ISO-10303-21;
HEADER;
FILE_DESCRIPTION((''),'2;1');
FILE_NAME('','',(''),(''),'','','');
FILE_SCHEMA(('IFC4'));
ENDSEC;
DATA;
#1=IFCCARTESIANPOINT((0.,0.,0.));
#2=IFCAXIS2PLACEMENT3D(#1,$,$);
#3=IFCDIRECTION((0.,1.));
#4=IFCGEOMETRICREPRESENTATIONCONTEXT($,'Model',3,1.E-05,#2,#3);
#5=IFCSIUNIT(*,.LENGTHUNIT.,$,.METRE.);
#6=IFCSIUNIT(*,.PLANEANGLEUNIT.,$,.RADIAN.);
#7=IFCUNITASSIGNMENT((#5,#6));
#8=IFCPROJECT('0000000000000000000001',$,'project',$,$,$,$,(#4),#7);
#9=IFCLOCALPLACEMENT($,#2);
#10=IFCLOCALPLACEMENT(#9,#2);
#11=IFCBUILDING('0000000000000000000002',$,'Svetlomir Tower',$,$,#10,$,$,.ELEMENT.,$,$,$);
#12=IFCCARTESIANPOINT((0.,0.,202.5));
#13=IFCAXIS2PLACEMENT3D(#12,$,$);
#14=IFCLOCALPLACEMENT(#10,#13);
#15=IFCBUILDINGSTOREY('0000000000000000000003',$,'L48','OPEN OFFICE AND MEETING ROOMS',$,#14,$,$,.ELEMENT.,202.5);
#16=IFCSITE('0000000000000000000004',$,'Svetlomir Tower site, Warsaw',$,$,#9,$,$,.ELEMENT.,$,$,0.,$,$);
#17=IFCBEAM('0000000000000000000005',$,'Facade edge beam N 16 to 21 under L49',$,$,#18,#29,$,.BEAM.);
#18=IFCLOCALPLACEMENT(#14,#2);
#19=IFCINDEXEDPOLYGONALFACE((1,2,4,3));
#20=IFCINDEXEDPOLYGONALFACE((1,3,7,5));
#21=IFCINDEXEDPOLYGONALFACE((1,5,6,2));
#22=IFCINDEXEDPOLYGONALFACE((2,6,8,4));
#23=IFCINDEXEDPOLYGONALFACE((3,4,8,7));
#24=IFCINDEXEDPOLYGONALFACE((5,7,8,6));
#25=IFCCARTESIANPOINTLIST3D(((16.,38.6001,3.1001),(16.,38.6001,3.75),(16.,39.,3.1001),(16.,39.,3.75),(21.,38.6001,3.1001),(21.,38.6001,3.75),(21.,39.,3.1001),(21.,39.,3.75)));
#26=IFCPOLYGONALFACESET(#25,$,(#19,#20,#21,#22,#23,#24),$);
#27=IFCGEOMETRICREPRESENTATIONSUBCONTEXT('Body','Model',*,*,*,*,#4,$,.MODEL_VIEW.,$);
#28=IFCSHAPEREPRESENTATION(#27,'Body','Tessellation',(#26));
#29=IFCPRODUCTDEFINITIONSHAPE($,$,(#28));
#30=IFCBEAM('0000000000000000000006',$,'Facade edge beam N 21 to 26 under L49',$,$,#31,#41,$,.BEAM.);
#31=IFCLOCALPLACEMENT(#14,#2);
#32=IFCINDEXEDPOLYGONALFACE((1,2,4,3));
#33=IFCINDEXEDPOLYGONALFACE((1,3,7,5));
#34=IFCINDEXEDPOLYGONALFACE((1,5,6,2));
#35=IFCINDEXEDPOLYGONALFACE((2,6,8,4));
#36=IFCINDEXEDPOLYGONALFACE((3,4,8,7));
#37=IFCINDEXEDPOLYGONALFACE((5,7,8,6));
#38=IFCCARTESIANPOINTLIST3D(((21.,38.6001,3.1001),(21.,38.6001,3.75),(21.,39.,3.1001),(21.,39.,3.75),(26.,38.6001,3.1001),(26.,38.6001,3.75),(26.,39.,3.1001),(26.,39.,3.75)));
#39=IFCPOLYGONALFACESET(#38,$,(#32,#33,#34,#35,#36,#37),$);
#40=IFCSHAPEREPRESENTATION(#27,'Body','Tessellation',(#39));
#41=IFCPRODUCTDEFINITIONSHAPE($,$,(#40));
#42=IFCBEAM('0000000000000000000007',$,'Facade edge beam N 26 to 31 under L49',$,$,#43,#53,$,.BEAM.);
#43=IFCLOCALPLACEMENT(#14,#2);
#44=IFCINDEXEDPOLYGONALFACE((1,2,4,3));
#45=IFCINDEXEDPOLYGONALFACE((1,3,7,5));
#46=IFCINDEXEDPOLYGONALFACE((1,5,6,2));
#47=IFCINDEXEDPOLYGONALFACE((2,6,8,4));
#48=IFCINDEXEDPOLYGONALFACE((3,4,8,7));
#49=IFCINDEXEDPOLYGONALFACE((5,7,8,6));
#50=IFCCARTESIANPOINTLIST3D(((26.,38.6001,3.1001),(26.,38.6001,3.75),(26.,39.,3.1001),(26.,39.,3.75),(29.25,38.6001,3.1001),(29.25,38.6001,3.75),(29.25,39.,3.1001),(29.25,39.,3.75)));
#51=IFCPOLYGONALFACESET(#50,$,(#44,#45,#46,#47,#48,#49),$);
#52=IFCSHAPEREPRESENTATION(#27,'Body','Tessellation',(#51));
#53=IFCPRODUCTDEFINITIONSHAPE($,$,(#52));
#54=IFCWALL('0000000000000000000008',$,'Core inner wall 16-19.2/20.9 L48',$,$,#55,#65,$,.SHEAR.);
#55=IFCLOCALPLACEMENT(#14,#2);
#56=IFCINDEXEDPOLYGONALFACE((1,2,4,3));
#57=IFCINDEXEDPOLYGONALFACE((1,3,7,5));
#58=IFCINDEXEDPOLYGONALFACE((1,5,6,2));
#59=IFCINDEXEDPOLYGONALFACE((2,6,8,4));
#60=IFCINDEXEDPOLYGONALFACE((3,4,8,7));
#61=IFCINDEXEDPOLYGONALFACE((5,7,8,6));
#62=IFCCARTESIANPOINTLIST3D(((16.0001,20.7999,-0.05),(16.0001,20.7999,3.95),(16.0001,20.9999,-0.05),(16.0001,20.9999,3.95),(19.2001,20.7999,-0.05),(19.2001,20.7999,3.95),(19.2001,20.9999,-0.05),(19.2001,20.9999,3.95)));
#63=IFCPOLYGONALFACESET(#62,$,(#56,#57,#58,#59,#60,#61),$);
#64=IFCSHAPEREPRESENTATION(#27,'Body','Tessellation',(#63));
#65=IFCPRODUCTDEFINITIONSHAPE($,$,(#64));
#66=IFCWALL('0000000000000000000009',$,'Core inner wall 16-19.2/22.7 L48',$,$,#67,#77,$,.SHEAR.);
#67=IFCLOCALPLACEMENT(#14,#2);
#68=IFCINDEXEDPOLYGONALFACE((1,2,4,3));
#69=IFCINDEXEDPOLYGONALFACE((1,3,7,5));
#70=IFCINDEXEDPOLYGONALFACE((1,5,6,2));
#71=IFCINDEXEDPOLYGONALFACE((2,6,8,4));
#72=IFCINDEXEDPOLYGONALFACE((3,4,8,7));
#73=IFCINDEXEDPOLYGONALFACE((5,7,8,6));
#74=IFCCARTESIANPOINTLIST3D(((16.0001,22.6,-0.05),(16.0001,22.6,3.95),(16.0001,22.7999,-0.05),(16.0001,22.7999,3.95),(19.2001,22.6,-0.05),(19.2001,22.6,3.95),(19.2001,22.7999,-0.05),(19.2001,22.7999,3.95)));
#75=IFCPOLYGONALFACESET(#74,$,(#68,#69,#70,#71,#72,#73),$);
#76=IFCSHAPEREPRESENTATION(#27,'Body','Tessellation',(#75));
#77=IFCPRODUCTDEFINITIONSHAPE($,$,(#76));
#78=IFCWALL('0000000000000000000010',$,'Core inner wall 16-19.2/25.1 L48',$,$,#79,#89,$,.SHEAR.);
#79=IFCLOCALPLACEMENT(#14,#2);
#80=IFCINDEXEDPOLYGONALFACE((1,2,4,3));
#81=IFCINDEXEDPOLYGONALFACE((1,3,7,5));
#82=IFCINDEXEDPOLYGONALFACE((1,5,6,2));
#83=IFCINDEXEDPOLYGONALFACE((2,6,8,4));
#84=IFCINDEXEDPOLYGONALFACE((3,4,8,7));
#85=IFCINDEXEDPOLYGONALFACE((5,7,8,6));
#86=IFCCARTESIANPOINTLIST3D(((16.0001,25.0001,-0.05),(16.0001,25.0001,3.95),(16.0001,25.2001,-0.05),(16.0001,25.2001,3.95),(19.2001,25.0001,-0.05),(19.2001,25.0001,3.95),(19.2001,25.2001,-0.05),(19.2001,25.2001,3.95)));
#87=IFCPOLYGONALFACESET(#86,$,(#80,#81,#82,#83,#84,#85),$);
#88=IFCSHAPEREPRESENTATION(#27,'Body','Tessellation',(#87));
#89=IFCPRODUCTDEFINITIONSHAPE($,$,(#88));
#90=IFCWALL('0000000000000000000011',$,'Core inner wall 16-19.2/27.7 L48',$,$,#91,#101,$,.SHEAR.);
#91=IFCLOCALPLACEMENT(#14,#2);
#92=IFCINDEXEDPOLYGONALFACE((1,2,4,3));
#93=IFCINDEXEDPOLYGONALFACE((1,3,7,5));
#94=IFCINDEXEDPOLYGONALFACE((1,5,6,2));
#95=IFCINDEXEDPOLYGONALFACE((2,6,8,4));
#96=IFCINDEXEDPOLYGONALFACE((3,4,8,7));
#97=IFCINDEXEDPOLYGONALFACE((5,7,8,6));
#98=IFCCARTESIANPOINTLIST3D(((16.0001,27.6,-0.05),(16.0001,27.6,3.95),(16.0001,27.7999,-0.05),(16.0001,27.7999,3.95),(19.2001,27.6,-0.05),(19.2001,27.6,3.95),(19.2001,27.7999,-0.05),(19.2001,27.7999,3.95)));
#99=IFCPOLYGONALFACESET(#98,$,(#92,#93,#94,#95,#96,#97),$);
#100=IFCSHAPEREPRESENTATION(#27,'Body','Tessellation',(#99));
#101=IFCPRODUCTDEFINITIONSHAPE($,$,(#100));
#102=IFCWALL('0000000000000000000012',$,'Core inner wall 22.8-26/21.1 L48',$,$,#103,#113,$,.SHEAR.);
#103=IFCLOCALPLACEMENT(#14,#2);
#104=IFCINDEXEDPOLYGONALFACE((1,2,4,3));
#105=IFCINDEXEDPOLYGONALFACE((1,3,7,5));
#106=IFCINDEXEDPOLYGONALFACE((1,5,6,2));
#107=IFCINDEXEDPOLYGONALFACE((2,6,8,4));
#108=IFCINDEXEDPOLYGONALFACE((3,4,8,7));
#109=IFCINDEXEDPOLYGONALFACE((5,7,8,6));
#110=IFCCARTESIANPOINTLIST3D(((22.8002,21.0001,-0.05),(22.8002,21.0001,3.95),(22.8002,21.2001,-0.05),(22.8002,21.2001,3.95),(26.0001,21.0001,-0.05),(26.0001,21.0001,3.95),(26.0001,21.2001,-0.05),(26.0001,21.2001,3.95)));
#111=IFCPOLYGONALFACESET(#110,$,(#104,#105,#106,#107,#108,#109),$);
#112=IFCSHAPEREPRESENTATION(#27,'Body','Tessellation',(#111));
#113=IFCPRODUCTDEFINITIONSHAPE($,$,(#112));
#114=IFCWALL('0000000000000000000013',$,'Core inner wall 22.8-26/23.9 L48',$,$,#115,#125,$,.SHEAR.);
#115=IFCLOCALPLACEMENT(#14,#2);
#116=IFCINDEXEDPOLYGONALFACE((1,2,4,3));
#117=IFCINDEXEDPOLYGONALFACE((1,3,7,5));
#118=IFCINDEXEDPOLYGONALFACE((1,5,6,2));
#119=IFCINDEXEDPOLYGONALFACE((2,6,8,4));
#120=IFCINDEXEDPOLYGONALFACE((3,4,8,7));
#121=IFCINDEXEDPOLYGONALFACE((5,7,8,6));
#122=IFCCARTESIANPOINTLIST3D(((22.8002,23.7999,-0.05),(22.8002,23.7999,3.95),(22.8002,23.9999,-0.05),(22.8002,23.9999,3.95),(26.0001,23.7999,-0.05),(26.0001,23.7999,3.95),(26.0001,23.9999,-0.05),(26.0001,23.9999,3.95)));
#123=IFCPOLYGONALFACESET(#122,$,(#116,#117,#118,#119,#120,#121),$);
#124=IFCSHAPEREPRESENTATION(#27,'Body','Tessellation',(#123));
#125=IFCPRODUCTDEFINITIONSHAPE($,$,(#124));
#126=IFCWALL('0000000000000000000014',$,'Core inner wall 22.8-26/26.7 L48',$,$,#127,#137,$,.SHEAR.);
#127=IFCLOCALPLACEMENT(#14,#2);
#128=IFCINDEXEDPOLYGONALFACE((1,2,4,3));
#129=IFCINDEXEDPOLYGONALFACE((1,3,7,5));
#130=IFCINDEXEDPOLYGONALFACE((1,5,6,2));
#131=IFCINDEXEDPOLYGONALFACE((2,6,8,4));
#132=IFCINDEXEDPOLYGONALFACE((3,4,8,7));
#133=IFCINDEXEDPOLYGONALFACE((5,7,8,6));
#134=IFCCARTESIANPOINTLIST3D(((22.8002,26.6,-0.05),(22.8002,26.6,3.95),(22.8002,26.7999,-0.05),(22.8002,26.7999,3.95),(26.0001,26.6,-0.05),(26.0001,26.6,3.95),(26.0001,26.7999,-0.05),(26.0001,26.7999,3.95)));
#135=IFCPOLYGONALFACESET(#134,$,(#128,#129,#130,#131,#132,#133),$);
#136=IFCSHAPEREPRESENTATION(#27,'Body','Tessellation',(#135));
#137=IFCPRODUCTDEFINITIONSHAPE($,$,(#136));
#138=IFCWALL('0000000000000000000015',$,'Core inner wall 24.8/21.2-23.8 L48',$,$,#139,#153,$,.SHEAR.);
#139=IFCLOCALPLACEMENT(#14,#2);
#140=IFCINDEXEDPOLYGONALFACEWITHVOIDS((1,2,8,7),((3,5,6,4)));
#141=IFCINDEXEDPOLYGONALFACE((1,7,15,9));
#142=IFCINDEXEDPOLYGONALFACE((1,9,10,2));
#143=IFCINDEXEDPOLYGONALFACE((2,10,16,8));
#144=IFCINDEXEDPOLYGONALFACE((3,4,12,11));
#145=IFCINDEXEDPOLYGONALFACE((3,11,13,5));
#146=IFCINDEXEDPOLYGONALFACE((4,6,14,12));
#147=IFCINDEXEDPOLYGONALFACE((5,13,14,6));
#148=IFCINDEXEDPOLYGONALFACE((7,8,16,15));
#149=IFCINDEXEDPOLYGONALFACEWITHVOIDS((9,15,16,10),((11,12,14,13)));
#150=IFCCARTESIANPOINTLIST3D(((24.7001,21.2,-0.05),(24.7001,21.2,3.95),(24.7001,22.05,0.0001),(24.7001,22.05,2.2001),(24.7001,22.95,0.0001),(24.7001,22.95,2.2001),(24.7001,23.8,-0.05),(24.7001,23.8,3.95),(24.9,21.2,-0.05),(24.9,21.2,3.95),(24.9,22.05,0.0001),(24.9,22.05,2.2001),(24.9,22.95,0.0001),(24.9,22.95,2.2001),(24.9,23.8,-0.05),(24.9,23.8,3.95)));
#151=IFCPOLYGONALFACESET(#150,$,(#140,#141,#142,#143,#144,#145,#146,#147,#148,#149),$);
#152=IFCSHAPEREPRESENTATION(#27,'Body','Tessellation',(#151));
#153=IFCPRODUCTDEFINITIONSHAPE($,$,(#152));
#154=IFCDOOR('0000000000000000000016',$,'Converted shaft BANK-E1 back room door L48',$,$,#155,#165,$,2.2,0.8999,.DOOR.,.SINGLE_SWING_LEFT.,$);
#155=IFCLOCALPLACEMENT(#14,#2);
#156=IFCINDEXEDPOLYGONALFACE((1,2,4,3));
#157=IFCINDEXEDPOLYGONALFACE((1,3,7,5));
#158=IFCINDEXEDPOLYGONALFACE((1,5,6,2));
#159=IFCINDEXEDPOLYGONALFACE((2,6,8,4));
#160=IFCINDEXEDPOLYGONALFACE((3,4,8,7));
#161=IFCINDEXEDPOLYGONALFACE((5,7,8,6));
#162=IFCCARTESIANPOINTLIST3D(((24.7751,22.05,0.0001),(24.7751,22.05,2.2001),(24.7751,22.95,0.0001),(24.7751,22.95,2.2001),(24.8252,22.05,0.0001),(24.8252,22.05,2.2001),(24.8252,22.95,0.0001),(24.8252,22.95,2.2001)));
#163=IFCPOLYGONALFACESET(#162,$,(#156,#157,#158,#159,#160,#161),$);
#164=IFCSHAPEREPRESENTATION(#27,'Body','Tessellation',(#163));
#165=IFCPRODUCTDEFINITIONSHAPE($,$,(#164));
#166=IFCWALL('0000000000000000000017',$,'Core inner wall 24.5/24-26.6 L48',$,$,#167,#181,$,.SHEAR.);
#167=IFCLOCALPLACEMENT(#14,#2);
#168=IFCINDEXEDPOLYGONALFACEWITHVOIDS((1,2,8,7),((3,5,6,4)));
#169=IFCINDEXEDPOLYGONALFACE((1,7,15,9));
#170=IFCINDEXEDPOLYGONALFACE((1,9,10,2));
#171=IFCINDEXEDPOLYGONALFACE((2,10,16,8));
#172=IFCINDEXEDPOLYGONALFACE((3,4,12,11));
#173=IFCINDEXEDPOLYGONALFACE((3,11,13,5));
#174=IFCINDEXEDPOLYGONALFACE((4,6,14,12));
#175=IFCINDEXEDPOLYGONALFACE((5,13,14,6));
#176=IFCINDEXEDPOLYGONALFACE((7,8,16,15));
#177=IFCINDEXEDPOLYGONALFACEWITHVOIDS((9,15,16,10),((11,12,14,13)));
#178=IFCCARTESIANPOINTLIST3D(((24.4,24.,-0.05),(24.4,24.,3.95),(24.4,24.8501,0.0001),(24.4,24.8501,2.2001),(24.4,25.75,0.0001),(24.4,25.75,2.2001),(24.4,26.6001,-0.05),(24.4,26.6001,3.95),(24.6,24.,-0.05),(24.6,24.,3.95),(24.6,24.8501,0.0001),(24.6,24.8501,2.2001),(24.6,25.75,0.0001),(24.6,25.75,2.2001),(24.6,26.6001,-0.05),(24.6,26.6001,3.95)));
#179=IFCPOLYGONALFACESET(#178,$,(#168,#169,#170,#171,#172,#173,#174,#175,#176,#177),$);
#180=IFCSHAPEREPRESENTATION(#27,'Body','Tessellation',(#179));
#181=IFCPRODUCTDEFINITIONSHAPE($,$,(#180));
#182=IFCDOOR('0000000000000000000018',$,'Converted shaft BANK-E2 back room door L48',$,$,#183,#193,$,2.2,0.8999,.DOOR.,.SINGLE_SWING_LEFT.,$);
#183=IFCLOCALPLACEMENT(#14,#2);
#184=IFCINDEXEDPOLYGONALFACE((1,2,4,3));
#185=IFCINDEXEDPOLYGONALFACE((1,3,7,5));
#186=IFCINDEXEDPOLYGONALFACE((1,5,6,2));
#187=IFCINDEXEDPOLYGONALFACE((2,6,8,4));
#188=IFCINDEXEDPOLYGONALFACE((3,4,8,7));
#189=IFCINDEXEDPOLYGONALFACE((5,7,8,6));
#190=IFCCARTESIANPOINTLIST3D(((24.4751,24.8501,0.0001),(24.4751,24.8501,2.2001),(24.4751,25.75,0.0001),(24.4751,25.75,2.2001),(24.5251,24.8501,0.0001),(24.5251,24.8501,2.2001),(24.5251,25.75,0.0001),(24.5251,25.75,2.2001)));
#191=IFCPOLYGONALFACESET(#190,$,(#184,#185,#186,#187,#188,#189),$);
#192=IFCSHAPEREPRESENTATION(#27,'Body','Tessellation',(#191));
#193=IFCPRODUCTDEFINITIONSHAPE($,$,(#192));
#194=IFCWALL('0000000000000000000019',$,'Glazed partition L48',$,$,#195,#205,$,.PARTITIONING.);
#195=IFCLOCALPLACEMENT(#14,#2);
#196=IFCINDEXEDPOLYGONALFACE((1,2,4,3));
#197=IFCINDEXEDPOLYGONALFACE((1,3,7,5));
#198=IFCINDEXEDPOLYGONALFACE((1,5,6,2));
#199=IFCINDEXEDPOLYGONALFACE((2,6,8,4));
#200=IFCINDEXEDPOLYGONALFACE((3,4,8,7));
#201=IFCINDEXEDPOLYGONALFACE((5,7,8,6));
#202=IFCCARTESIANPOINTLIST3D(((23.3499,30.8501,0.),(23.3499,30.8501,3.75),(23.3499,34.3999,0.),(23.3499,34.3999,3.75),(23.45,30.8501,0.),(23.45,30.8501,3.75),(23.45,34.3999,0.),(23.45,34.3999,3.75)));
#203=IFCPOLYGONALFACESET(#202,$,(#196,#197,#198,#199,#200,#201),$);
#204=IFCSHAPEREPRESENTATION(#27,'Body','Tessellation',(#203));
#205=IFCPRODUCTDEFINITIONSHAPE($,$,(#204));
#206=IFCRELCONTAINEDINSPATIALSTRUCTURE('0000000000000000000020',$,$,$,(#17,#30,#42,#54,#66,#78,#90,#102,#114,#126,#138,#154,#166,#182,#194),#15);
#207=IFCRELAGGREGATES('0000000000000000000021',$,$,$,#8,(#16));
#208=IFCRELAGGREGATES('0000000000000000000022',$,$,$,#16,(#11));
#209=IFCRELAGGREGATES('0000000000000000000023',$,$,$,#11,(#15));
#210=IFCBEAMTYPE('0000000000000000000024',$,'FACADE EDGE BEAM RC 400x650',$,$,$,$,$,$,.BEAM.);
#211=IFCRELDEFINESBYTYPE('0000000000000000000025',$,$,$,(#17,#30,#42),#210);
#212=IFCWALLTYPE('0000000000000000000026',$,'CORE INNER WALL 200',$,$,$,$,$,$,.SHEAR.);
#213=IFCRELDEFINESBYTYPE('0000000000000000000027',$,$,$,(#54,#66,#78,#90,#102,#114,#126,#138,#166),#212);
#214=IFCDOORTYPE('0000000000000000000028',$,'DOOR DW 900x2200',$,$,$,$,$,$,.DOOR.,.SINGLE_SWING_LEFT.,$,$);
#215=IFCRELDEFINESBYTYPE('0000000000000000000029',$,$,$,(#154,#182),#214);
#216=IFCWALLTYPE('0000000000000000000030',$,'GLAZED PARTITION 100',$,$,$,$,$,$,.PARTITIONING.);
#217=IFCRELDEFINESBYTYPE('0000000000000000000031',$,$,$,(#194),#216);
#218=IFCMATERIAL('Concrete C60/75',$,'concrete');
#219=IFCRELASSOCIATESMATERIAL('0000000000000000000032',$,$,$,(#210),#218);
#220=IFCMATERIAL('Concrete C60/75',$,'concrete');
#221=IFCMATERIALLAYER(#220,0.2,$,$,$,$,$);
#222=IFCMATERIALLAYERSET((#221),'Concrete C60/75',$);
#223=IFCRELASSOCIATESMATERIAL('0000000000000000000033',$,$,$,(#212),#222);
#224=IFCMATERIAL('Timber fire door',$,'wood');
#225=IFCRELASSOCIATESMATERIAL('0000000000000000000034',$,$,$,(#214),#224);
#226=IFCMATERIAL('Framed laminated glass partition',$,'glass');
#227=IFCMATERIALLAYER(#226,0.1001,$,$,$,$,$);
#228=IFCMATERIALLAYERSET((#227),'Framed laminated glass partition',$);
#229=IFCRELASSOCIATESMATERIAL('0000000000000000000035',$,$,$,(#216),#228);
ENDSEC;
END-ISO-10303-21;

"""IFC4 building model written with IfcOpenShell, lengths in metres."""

from ifc_helpers import new_model, si_unit, direction, frame, frame_2d, origin, origin_2d, place, context, subcontext, project, spatial, rectangle, extrude, material, layer, layer_set, material_profile, profile_set, type_object, element, fill, save


model = new_model("IFC4")

# Units and contexts
model_context = context("Model", 3, precision=1e-05, world=origin(), true_north=direction((0.0, 1.0)))
body_context = subcontext(model_context, "Body", "Model", "MODEL_VIEW")
ifc_project = project(units=[si_unit("LENGTHUNIT", "METRE"), si_unit("PLANEANGLEUNIT", "RADIAN")], contexts=[model_context])

# Site, building, storey
site_placement = place(None, origin())
site = spatial("IfcSite", under=ifc_project, at=site_placement, Name="Svetlomir Tower site, Warsaw", CompositionType="ELEMENT", RefElevation=0.0)
building_placement = place(site_placement, origin())
building = spatial("IfcBuilding", under=site, at=building_placement, Name="Svetlomir Tower", CompositionType="ELEMENT")
storey_placement = place(building_placement, frame((0.0, 0.0, 202.5)))
storey = spatial("IfcBuildingStorey", under=building, at=storey_placement, Name="L48", Description="OPEN OFFICE AND MEETING ROOMS", CompositionType="ELEMENT", Elevation=202.5)

# Beams
ifc_material_1 = material(Name="Concrete C60/75", Category="concrete")
ifc_material_profile = material_profile(ifc_material_1, rectangle(XDim=0.3999, YDim=0.6499, at=origin_2d()), Name="RC 400x650")
ifc_profile_set = profile_set([ifc_material_profile], Name="Concrete C60/75")
beam_type = type_object("IfcBeamType", Name="FACADE EDGE BEAM RC 400x650", PredefinedType="BEAM", material=ifc_profile_set)
for number, where, z_axis, x_axis, name in (
    (1, (16.0, 38.8, 3.425), (1.0, 0.0, 0.0), (0.0, 1.0, 0.0), "Facade edge beam N 16 to 21 under L49"),
    (2, (21.0, 38.8, 3.425), (1.0, 0.0, 0.0), (0.0, 1.0, 0.0), "Facade edge beam N 21 to 26 under L49"),
):
    element("IfcBeam", number, at=place(storey_placement, frame(where, z_axis=z_axis, x_axis=x_axis)), inside=storey, type_object=beam_type, Name=name, PredefinedType="BEAM", context=body_context, shape_type="SweptSolid", body=[
        extrude(rectangle(XDim=0.3999, YDim=0.6499, at=origin_2d()), origin(), (0.0, 0.0, 1.0), 5.0),
    ])
beam_placement = place(storey_placement, frame((26.0, 38.8, 3.425), z_axis=(1.0, 0.0, 0.0), x_axis=(0.0, 1.0, 0.0)))
element("IfcBeam", 3, at=beam_placement, inside=storey, type_object=beam_type, Name="Facade edge beam N 26 to 31 under L49", PredefinedType="BEAM", context=body_context, shape_type="SweptSolid", body=[
    extrude(rectangle(XDim=0.3999, YDim=0.6499, at=origin_2d()), origin(), (0.0, 0.0, 1.0), 3.25),
])

# Walls
ifc_material_2 = material(Name="Concrete C60/75", Category="concrete")
ifc_layer_1 = layer(ifc_material_2, 0.2)
ifc_layer_set_1 = layer_set([ifc_layer_1], Name="Concrete C60/75")
wall_type_1 = type_object("IfcWallType", Name="CORE INNER WALL 200", PredefinedType="SHEAR", material=ifc_layer_set_1)
for number, where, z_axis, x_axis, name in (
    (4, (16.0, 20.8999, -0.05), (0.0, 0.0, 1.0), (1.0, 0.0, 0.0), "Core inner wall 16-19.2/20.9 L48"),
    (5, (16.0, 22.7, -0.05), (0.0, 0.0, 1.0), (1.0, 0.0, 0.0), "Core inner wall 16-19.2/22.7 L48"),
    (6, (16.0, 25.1001, -0.05), (0.0, 0.0, 1.0), (1.0, 0.0, 0.0), "Core inner wall 16-19.2/25.1 L48"),
    (7, (16.0, 27.7, -0.05), (0.0, 0.0, 1.0), (1.0, 0.0, 0.0), "Core inner wall 16-19.2/27.7 L48"),
    (8, (22.8, 21.1001, -0.05), (0.0, 0.0, 1.0), (1.0, 0.0, 0.0), "Core inner wall 22.8-26/21.1 L48"),
    (9, (22.8, 23.8999, -0.05), (0.0, 0.0, 1.0), (1.0, 0.0, 0.0), "Core inner wall 22.8-26/23.9 L48"),
    (10, (22.8, 26.7, -0.05), (0.0, 0.0, 1.0), (1.0, 0.0, 0.0), "Core inner wall 22.8-26/26.7 L48"),
):
    element("IfcWall", number, at=place(storey_placement, frame(where, z_axis=z_axis, x_axis=x_axis)), inside=storey, type_object=wall_type_1, Name=name, PredefinedType="SHEAR", context=body_context, shape_type="SweptSolid", body=[
        extrude(rectangle(XDim=3.2, YDim=0.2, at=frame_2d((1.6001, 0.0))), origin(), (0.0, 0.0, 1.0), 4.0),
    ])

# Walls, openings, doors
wall_1_placement = place(storey_placement, frame((24.8, 21.2, -0.05), z_axis=(0.0, 0.0, 1.0), x_axis=(0.0, 1.0, 0.0)))
wall_1 = element("IfcWall", 11, at=wall_1_placement, inside=storey, type_object=wall_type_1, Name="Core inner wall 24.8/21.2-23.8 L48", PredefinedType="SHEAR", context=body_context, shape_type="SweptSolid", body=[
    extrude(rectangle(XDim=2.6001, YDim=0.2, at=frame_2d((1.3, 0.0))), origin(), (0.0, 0.0, 1.0), 4.0),
])
opening_1_placement = place(wall_1_placement, frame((0.8501, 0.0, 0.05)))
opening_1 = element("IfcOpeningElement", 12, at=opening_1_placement, cuts=wall_1, PredefinedType="OPENING", context=body_context, shape_type="SweptSolid", body=[
    extrude(rectangle(XDim=0.8999, YDim=2.2, at=frame_2d((0.45, 1.1001))), frame((0.0, 0.1099, 0.0), z_axis=(0.0, -1.0, 0.0), x_axis=(1.0, 0.0, 0.0)), (0.0, 0.0, 1.0), 0.22),
])
ifc_material_3 = material(Name="Timber fire door", Category="wood")
door_type_1 = type_object("IfcDoorType", Name="DOOR DW 900x2200", OperationType="SINGLE_SWING_LEFT", PredefinedType="DOOR", material=ifc_material_3)
door_1_placement = place(opening_1_placement, origin())
door_1 = element("IfcDoor", 13, at=door_1_placement, inside=storey, type_object=door_type_1, Name="Converted shaft BANK-E1 back room door L48", OperationType="SINGLE_SWING_LEFT", OverallHeight=2.2, OverallWidth=0.8999, PredefinedType="DOOR", context=body_context, shape_type="SweptSolid", body=[
    extrude(rectangle(XDim=0.8999, YDim=2.2, at=frame_2d((0.45, 1.1001))), frame((0.0, 0.0249, 0.0), z_axis=(0.0, -1.0, 0.0), x_axis=(1.0, 0.0, 0.0)), (0.0, 0.0, 1.0), 0.05),
])
fill(opening_1, door_1)
wall_2_placement = place(storey_placement, frame((24.5, 24.0, -0.05), z_axis=(0.0, 0.0, 1.0), x_axis=(0.0, 1.0, 0.0)))
wall_2 = element("IfcWall", 14, at=wall_2_placement, inside=storey, type_object=wall_type_1, Name="Core inner wall 24.5/24-26.6 L48", PredefinedType="SHEAR", context=body_context, shape_type="SweptSolid", body=[
    extrude(rectangle(XDim=2.6001, YDim=0.2, at=frame_2d((1.3, 0.0))), origin(), (0.0, 0.0, 1.0), 4.0),
])
opening_2_placement = place(wall_2_placement, frame((0.8501, 0.0, 0.05)))
opening_2 = element("IfcOpeningElement", 15, at=opening_2_placement, cuts=wall_2, PredefinedType="OPENING", context=body_context, shape_type="SweptSolid", body=[
    extrude(rectangle(XDim=0.8999, YDim=2.2, at=frame_2d((0.45, 1.1001))), frame((0.0, 0.1099, 0.0), z_axis=(0.0, -1.0, 0.0), x_axis=(1.0, 0.0, 0.0)), (0.0, 0.0, 1.0), 0.22),
])
door_2_placement = place(opening_2_placement, origin())
door_2 = element("IfcDoor", 16, at=door_2_placement, inside=storey, type_object=door_type_1, Name="Converted shaft BANK-E2 back room door L48", OperationType="SINGLE_SWING_LEFT", OverallHeight=2.2, OverallWidth=0.8999, PredefinedType="DOOR", context=body_context, shape_type="SweptSolid", body=[
    extrude(rectangle(XDim=0.8999, YDim=2.2, at=frame_2d((0.45, 1.1001))), frame((0.0, 0.0249, 0.0), z_axis=(0.0, -1.0, 0.0), x_axis=(1.0, 0.0, 0.0)), (0.0, 0.0, 1.0), 0.05),
])
fill(opening_2, door_2)

# Wall
ifc_material_4 = material(Name="Framed laminated glass partition", Category="glass")
ifc_layer_2 = layer(ifc_material_4, 0.1001)
ifc_layer_set_2 = layer_set([ifc_layer_2], Name="Framed laminated glass partition")
wall_type_2 = type_object("IfcWallType", Name="GLAZED PARTITION 100", PredefinedType="PARTITIONING", material=ifc_layer_set_2)
wall_3_placement = place(storey_placement, frame((23.3999, 30.8501, 0.0), z_axis=(0.0, 0.0, 1.0), x_axis=(0.0, 1.0, 0.0)))
element("IfcWall", 17, at=wall_3_placement, inside=storey, type_object=wall_type_2, Name="Glazed partition L48", PredefinedType="PARTITIONING", context=body_context, shape_type="SweptSolid", body=[
    extrude(rectangle(XDim=3.5498, YDim=0.1001, at=frame_2d((1.7749, 0.0))), origin(), (0.0, 0.0, 1.0), 3.75),
])

save(model, "model.ifc")
